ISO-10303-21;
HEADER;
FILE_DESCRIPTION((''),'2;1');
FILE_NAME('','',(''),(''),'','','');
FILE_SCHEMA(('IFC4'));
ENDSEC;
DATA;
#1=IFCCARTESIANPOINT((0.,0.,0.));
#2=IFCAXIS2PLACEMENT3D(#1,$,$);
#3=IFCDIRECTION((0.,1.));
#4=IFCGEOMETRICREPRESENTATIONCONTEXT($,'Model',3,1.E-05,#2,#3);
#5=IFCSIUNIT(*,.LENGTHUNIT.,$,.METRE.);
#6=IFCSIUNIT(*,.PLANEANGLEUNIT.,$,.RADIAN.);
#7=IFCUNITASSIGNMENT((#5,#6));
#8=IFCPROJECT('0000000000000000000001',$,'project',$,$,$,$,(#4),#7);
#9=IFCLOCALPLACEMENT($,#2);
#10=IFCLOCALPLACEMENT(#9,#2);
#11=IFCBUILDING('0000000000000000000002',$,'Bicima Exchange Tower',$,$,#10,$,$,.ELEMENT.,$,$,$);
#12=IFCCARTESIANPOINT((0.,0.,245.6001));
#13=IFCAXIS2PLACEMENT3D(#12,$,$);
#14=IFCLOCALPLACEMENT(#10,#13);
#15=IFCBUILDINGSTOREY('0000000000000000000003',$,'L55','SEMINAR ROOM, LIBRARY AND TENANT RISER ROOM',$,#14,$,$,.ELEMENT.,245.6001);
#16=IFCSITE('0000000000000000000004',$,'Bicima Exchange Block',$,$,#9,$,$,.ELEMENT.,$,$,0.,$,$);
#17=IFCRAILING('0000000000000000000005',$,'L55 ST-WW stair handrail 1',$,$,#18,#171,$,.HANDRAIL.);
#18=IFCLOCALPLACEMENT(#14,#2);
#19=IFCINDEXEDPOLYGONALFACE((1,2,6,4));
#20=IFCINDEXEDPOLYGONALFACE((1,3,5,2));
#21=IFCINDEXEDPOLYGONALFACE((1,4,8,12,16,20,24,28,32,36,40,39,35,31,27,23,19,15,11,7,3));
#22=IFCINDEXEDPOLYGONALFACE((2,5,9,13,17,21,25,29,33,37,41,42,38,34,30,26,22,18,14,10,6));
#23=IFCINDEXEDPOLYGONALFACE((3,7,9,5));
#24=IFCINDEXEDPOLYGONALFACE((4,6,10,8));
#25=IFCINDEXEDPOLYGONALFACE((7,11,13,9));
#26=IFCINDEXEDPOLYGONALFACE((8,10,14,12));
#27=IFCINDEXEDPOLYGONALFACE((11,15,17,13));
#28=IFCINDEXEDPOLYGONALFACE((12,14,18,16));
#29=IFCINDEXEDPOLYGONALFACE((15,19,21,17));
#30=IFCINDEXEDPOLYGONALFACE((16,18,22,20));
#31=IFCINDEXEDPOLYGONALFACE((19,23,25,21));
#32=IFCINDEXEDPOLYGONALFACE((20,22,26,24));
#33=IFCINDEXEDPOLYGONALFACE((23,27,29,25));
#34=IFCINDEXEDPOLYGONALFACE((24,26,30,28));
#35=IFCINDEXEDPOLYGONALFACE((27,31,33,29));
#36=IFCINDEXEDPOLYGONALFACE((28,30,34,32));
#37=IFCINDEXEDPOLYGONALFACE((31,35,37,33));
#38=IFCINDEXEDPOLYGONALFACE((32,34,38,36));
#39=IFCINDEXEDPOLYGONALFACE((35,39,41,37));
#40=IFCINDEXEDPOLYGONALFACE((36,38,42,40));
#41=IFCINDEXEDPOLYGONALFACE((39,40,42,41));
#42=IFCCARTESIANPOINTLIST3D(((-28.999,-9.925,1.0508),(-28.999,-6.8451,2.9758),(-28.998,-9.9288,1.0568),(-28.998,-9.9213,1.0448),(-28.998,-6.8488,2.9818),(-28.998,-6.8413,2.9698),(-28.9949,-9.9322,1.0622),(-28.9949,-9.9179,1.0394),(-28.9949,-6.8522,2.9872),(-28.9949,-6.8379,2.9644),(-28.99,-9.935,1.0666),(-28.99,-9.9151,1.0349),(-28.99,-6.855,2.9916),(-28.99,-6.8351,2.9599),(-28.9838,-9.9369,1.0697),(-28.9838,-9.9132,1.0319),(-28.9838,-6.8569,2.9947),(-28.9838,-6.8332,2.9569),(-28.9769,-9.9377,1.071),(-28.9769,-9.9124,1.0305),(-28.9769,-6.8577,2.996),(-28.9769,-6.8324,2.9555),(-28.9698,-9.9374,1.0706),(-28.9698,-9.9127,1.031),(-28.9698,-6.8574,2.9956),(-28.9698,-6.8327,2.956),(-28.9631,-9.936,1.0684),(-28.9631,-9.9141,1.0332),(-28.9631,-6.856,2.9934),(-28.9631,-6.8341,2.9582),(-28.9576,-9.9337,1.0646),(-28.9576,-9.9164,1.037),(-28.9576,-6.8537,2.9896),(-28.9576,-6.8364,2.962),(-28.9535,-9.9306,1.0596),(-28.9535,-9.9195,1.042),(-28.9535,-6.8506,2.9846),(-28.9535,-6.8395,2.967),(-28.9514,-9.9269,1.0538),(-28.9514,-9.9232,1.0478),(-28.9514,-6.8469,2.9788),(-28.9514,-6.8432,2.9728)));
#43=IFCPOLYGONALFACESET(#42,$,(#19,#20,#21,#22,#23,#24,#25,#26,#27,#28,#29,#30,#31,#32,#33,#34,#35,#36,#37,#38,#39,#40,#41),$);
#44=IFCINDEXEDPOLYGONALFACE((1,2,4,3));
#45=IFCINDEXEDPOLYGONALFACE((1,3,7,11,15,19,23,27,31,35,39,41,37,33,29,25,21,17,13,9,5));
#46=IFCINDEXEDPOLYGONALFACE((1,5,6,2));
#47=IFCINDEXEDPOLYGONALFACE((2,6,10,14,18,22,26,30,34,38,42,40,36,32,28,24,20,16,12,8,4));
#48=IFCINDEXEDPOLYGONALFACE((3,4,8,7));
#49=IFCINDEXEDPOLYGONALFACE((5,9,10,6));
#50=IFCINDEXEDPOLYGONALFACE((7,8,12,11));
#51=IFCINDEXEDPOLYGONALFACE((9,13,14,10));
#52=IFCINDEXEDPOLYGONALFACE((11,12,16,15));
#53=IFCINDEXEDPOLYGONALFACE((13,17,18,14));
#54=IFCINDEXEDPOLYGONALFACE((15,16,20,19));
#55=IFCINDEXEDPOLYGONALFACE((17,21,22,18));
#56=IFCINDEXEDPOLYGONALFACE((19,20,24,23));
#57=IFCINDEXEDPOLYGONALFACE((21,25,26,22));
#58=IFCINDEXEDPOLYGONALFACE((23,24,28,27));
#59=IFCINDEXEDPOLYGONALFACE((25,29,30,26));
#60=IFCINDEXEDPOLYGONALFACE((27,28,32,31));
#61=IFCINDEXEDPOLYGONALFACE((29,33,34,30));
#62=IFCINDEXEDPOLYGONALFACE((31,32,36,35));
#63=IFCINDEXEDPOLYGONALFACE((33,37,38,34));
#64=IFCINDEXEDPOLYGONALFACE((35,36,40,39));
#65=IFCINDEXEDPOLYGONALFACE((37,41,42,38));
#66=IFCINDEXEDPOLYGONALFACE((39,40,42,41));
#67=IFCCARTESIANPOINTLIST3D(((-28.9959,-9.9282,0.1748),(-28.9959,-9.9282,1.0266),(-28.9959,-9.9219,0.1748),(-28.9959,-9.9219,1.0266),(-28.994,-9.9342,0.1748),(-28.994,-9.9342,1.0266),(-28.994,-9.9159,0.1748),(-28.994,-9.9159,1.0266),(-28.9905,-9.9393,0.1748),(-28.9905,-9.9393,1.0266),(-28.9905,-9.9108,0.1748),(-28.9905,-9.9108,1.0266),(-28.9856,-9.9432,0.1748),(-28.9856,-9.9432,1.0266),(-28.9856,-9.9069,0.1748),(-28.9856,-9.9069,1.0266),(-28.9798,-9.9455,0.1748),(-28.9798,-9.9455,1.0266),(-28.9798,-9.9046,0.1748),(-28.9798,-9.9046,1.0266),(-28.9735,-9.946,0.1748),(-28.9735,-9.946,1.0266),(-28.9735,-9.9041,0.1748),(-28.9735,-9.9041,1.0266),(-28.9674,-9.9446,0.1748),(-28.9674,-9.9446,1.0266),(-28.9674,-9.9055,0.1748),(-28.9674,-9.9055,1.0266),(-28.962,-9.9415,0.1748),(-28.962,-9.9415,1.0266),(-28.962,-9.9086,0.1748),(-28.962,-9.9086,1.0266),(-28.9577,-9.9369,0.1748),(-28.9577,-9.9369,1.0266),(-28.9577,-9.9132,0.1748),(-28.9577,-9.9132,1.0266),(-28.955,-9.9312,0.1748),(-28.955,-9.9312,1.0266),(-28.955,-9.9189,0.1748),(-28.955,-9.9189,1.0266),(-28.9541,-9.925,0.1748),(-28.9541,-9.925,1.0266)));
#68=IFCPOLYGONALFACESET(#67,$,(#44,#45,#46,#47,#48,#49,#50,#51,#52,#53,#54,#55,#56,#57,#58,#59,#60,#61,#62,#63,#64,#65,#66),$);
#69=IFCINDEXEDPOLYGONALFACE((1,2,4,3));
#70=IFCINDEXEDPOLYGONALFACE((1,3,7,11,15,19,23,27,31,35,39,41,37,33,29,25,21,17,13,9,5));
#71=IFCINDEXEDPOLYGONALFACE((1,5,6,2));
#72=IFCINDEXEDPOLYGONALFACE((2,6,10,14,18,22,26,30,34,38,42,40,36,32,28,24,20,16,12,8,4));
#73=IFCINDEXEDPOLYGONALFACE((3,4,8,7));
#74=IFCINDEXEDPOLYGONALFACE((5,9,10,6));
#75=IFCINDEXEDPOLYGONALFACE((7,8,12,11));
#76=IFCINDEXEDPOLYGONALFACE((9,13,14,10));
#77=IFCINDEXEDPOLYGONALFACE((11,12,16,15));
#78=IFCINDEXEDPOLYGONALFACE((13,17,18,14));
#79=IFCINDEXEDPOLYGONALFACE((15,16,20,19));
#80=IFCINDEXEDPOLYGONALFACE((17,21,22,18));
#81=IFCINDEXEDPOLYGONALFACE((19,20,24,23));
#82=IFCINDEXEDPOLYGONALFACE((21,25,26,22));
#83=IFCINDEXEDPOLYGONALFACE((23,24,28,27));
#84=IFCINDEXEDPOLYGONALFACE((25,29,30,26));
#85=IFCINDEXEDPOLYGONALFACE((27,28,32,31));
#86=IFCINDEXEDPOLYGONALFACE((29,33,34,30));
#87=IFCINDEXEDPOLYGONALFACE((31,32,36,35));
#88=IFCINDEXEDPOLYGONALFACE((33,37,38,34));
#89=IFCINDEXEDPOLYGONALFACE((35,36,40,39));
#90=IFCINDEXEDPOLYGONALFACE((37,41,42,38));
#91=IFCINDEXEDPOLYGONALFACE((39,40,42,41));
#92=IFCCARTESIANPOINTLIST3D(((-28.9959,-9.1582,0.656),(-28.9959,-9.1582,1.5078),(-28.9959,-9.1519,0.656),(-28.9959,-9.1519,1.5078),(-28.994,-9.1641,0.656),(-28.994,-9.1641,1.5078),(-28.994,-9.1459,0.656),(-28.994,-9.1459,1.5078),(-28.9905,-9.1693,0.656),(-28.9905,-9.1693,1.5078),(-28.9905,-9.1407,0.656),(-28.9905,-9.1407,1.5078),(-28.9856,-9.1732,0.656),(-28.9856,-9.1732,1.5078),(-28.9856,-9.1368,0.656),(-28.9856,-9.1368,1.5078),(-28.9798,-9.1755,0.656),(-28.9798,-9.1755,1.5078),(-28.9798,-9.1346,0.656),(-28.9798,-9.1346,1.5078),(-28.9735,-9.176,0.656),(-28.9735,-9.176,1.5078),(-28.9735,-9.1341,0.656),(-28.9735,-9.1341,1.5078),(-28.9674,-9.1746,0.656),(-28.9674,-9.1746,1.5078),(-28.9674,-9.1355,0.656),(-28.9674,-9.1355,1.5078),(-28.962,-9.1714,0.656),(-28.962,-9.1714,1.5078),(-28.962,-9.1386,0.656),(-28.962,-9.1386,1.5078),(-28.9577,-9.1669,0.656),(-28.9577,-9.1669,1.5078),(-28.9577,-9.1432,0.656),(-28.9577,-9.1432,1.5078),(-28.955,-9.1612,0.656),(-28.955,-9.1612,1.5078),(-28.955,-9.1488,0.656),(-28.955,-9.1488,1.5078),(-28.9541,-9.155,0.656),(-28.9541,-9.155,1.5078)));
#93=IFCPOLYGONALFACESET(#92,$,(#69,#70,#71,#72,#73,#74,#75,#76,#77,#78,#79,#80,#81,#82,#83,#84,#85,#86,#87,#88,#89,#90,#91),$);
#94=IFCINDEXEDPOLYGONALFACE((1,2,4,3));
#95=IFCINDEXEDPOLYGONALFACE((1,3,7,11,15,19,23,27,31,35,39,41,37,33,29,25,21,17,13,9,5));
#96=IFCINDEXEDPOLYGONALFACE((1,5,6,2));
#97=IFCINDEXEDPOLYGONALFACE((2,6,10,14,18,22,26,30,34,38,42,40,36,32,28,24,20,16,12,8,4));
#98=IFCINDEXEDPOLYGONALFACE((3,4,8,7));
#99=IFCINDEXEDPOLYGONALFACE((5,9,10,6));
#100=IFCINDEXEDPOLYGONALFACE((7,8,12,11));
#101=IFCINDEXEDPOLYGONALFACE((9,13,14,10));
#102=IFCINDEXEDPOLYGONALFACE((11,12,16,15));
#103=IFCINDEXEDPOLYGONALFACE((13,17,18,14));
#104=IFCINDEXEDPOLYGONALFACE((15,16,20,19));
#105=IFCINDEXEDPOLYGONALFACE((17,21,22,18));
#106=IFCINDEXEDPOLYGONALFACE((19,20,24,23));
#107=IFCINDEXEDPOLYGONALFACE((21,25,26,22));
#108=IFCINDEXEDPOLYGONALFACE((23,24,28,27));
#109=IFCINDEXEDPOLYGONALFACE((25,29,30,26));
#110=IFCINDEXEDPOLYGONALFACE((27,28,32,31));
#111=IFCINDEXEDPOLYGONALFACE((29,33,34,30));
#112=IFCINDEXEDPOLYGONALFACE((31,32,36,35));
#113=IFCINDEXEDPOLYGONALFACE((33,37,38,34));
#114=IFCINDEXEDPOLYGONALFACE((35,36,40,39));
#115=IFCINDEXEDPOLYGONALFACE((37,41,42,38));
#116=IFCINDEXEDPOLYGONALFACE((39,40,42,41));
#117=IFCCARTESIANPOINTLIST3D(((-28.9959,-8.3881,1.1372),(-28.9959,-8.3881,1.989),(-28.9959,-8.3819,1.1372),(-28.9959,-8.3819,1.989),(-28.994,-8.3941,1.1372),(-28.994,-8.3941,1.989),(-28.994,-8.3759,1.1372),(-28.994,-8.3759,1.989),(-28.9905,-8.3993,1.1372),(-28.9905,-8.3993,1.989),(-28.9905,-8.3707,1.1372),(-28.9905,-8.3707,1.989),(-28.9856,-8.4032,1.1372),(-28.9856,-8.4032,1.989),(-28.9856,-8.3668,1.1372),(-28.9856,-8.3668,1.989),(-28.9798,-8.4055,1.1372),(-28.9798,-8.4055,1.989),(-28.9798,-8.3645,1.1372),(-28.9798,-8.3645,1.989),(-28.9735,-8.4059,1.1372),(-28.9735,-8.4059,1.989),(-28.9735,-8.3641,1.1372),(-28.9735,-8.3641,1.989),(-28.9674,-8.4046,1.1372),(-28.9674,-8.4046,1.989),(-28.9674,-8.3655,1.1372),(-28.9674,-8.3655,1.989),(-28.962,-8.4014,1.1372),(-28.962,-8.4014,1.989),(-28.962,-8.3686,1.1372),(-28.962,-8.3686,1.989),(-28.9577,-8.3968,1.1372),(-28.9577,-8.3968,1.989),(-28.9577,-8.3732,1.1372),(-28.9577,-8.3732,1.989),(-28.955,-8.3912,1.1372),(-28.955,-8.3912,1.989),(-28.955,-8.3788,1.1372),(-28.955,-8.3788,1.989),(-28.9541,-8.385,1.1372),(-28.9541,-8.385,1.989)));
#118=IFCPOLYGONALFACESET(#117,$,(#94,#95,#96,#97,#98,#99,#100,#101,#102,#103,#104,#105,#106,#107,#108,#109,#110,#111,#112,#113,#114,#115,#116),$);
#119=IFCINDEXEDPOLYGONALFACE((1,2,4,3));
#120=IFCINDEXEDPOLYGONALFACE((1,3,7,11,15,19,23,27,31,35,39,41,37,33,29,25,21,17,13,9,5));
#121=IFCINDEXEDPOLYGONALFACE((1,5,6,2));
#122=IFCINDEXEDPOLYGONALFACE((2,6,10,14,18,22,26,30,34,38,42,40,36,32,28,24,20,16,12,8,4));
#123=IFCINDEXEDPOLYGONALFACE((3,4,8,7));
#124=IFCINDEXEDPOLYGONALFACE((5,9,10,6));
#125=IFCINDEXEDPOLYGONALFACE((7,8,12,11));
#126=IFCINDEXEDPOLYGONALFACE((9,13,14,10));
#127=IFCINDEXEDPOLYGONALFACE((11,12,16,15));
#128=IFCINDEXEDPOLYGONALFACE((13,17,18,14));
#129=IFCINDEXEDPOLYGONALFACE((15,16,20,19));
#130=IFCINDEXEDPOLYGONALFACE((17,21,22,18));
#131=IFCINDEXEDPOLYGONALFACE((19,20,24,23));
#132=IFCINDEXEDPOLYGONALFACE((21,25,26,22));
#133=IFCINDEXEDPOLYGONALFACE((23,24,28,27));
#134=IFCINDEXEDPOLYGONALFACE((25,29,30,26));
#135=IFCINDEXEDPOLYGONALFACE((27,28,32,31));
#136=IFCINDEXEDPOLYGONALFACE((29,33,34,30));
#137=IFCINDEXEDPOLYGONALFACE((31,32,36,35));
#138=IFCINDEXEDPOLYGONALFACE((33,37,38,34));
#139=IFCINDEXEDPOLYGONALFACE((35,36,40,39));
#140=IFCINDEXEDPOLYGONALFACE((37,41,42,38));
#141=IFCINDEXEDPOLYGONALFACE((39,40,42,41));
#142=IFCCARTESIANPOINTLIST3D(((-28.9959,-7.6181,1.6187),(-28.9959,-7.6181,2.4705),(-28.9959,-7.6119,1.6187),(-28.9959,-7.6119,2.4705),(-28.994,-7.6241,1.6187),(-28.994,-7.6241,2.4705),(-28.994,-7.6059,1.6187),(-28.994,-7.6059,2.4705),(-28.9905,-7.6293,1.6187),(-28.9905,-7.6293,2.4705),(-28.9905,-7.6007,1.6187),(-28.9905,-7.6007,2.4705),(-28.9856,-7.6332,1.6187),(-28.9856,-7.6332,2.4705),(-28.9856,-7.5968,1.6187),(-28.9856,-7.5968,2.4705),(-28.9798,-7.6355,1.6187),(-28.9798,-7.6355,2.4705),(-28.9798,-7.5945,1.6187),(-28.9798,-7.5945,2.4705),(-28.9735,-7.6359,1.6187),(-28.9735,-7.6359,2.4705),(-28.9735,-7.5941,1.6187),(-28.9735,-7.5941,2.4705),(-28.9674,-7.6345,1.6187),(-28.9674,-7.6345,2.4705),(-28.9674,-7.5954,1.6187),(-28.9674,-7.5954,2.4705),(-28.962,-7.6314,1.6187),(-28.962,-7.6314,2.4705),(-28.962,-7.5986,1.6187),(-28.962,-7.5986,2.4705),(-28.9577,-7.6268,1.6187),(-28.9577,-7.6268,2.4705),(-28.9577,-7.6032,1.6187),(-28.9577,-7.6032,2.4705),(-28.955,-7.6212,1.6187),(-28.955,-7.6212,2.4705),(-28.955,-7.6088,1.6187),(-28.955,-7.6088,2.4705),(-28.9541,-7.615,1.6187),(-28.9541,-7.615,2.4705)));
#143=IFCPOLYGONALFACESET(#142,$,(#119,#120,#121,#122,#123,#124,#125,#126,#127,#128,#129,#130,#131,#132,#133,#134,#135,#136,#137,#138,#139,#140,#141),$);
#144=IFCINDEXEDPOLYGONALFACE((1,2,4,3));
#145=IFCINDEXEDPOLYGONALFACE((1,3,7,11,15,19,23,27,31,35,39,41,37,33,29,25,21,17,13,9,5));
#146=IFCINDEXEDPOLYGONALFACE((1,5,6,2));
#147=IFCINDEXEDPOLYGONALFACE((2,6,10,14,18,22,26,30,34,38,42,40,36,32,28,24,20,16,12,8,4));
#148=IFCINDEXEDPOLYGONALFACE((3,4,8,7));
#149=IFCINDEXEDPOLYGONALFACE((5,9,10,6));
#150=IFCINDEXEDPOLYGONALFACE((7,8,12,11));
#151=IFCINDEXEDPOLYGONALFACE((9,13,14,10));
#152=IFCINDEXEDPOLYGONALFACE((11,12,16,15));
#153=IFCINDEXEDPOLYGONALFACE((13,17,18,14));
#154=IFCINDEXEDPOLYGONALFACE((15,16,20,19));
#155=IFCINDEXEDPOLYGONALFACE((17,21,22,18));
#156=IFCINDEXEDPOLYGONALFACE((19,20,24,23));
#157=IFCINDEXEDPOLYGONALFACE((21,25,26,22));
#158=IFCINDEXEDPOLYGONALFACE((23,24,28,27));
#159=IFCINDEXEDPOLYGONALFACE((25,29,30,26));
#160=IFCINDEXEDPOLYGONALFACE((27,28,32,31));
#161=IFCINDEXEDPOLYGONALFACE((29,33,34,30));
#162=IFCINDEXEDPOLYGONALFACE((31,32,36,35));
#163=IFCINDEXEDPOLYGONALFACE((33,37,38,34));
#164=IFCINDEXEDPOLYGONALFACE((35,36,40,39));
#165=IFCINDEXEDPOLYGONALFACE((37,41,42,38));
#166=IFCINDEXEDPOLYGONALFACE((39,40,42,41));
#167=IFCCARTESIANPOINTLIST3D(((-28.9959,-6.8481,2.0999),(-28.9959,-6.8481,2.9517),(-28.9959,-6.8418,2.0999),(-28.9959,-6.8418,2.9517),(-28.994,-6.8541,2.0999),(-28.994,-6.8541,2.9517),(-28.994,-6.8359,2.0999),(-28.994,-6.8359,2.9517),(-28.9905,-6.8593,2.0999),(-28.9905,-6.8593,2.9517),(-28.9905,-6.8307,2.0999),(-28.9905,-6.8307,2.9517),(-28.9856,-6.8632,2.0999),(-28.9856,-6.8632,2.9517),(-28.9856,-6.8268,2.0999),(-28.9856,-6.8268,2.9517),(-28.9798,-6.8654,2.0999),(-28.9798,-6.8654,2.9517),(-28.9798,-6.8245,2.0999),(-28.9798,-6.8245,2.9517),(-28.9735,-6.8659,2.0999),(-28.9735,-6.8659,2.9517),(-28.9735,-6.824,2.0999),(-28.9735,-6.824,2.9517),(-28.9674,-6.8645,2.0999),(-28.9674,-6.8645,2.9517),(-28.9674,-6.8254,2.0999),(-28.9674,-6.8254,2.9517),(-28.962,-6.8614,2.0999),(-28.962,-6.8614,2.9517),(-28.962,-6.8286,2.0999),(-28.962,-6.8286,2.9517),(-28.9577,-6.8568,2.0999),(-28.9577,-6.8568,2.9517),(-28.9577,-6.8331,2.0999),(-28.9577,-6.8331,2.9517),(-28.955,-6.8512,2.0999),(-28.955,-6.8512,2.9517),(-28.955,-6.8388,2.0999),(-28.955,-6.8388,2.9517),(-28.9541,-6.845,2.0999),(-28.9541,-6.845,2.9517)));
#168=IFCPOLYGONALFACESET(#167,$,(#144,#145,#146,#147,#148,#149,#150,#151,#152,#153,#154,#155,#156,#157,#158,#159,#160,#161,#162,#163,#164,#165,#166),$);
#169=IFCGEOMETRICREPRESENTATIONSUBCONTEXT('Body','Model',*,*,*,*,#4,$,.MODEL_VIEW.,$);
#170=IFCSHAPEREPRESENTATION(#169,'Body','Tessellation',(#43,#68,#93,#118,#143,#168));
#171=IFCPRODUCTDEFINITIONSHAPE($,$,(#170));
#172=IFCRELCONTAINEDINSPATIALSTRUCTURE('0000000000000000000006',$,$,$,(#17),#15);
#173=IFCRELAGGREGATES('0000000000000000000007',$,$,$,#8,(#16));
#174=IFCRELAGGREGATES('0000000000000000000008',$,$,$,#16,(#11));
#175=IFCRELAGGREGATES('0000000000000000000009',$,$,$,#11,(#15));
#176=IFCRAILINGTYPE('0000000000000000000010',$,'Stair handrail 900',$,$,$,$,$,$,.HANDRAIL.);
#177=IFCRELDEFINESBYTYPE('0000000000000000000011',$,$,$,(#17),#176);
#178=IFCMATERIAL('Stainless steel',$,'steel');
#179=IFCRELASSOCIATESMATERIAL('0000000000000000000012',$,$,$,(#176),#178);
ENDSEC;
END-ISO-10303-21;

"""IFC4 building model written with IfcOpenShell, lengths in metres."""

from ifc_helpers import new_model, si_unit, direction, frame, origin, origin_2d, place, context, subcontext, project, spatial, circle, extrude, material, type_object, element, save


model = new_model("IFC4")

# Units and contexts
model_context = context("Model", 3, precision=1e-05, world=origin(), true_north=direction((0.0, 1.0)))
body_context = subcontext(model_context, "Body", "Model", "MODEL_VIEW")
ifc_project = project(units=[si_unit("LENGTHUNIT", "METRE"), si_unit("PLANEANGLEUNIT", "RADIAN")], contexts=[model_context])

# Site, building, storey
site_placement = place(None, origin())
site = spatial("IfcSite", under=ifc_project, at=site_placement, Name="Bicima Exchange Block", CompositionType="ELEMENT", RefElevation=0.0)
building_placement = place(site_placement, origin())
building = spatial("IfcBuilding", under=site, at=building_placement, Name="Bicima Exchange Tower", CompositionType="ELEMENT")
storey_placement = place(building_placement, frame((0.0, 0.0, 245.6001)))
storey = spatial("IfcBuildingStorey", under=building, at=storey_placement, Name="L55", Description="SEMINAR ROOM, LIBRARY AND TENANT RISER ROOM", CompositionType="ELEMENT", Elevation=245.6001)

# Railing
ifc_material_1 = material(Name="Stainless steel", Category="steel")
railing_type_1 = type_object("IfcRailingType", Name="Stair handrail 900", PredefinedType="HANDRAIL", material=ifc_material_1)
railing_1_placement = place(storey_placement, frame((-28.9751, -9.925, 0.1748)))
element("IfcRailing", 1, at=railing_1_placement, inside=storey, type_object=railing_type_1, Name="L55 ST-WW stair handrail 1", PredefinedType="HANDRAIL", context=body_context, shape_type="SweptSolid", body=[
    extrude(circle(Radius=0.0239, at=origin_2d()), frame((0.0, 0.0, 0.876), z_axis=(0.0, 0.847998, 0.529999), x_axis=(-1.0, 0.0, 0.0)), (0.0, 0.0, 1.0), 3.6321),
    extrude(circle(Radius=0.021, at=origin_2d()), origin(), (0.0, 0.0, 1.0), 0.8518),
    extrude(circle(Radius=0.021, at=origin_2d()), frame((0.0, 0.77, 0.4812)), (0.0, 0.0, 1.0), 0.8518),
    extrude(circle(Radius=0.021, at=origin_2d()), frame((0.0, 1.54, 0.9624)), (0.0, 0.0, 1.0), 0.8518),
    extrude(circle(Radius=0.021, at=origin_2d()), frame((0.0, 2.3101, 1.4438)), (0.0, 0.0, 1.0), 0.8518),
    extrude(circle(Radius=0.021, at=origin_2d()), frame((0.0, 3.0801, 1.925)), (0.0, 0.0, 1.0), 0.8518),
])

save(model, "model.ifc")
